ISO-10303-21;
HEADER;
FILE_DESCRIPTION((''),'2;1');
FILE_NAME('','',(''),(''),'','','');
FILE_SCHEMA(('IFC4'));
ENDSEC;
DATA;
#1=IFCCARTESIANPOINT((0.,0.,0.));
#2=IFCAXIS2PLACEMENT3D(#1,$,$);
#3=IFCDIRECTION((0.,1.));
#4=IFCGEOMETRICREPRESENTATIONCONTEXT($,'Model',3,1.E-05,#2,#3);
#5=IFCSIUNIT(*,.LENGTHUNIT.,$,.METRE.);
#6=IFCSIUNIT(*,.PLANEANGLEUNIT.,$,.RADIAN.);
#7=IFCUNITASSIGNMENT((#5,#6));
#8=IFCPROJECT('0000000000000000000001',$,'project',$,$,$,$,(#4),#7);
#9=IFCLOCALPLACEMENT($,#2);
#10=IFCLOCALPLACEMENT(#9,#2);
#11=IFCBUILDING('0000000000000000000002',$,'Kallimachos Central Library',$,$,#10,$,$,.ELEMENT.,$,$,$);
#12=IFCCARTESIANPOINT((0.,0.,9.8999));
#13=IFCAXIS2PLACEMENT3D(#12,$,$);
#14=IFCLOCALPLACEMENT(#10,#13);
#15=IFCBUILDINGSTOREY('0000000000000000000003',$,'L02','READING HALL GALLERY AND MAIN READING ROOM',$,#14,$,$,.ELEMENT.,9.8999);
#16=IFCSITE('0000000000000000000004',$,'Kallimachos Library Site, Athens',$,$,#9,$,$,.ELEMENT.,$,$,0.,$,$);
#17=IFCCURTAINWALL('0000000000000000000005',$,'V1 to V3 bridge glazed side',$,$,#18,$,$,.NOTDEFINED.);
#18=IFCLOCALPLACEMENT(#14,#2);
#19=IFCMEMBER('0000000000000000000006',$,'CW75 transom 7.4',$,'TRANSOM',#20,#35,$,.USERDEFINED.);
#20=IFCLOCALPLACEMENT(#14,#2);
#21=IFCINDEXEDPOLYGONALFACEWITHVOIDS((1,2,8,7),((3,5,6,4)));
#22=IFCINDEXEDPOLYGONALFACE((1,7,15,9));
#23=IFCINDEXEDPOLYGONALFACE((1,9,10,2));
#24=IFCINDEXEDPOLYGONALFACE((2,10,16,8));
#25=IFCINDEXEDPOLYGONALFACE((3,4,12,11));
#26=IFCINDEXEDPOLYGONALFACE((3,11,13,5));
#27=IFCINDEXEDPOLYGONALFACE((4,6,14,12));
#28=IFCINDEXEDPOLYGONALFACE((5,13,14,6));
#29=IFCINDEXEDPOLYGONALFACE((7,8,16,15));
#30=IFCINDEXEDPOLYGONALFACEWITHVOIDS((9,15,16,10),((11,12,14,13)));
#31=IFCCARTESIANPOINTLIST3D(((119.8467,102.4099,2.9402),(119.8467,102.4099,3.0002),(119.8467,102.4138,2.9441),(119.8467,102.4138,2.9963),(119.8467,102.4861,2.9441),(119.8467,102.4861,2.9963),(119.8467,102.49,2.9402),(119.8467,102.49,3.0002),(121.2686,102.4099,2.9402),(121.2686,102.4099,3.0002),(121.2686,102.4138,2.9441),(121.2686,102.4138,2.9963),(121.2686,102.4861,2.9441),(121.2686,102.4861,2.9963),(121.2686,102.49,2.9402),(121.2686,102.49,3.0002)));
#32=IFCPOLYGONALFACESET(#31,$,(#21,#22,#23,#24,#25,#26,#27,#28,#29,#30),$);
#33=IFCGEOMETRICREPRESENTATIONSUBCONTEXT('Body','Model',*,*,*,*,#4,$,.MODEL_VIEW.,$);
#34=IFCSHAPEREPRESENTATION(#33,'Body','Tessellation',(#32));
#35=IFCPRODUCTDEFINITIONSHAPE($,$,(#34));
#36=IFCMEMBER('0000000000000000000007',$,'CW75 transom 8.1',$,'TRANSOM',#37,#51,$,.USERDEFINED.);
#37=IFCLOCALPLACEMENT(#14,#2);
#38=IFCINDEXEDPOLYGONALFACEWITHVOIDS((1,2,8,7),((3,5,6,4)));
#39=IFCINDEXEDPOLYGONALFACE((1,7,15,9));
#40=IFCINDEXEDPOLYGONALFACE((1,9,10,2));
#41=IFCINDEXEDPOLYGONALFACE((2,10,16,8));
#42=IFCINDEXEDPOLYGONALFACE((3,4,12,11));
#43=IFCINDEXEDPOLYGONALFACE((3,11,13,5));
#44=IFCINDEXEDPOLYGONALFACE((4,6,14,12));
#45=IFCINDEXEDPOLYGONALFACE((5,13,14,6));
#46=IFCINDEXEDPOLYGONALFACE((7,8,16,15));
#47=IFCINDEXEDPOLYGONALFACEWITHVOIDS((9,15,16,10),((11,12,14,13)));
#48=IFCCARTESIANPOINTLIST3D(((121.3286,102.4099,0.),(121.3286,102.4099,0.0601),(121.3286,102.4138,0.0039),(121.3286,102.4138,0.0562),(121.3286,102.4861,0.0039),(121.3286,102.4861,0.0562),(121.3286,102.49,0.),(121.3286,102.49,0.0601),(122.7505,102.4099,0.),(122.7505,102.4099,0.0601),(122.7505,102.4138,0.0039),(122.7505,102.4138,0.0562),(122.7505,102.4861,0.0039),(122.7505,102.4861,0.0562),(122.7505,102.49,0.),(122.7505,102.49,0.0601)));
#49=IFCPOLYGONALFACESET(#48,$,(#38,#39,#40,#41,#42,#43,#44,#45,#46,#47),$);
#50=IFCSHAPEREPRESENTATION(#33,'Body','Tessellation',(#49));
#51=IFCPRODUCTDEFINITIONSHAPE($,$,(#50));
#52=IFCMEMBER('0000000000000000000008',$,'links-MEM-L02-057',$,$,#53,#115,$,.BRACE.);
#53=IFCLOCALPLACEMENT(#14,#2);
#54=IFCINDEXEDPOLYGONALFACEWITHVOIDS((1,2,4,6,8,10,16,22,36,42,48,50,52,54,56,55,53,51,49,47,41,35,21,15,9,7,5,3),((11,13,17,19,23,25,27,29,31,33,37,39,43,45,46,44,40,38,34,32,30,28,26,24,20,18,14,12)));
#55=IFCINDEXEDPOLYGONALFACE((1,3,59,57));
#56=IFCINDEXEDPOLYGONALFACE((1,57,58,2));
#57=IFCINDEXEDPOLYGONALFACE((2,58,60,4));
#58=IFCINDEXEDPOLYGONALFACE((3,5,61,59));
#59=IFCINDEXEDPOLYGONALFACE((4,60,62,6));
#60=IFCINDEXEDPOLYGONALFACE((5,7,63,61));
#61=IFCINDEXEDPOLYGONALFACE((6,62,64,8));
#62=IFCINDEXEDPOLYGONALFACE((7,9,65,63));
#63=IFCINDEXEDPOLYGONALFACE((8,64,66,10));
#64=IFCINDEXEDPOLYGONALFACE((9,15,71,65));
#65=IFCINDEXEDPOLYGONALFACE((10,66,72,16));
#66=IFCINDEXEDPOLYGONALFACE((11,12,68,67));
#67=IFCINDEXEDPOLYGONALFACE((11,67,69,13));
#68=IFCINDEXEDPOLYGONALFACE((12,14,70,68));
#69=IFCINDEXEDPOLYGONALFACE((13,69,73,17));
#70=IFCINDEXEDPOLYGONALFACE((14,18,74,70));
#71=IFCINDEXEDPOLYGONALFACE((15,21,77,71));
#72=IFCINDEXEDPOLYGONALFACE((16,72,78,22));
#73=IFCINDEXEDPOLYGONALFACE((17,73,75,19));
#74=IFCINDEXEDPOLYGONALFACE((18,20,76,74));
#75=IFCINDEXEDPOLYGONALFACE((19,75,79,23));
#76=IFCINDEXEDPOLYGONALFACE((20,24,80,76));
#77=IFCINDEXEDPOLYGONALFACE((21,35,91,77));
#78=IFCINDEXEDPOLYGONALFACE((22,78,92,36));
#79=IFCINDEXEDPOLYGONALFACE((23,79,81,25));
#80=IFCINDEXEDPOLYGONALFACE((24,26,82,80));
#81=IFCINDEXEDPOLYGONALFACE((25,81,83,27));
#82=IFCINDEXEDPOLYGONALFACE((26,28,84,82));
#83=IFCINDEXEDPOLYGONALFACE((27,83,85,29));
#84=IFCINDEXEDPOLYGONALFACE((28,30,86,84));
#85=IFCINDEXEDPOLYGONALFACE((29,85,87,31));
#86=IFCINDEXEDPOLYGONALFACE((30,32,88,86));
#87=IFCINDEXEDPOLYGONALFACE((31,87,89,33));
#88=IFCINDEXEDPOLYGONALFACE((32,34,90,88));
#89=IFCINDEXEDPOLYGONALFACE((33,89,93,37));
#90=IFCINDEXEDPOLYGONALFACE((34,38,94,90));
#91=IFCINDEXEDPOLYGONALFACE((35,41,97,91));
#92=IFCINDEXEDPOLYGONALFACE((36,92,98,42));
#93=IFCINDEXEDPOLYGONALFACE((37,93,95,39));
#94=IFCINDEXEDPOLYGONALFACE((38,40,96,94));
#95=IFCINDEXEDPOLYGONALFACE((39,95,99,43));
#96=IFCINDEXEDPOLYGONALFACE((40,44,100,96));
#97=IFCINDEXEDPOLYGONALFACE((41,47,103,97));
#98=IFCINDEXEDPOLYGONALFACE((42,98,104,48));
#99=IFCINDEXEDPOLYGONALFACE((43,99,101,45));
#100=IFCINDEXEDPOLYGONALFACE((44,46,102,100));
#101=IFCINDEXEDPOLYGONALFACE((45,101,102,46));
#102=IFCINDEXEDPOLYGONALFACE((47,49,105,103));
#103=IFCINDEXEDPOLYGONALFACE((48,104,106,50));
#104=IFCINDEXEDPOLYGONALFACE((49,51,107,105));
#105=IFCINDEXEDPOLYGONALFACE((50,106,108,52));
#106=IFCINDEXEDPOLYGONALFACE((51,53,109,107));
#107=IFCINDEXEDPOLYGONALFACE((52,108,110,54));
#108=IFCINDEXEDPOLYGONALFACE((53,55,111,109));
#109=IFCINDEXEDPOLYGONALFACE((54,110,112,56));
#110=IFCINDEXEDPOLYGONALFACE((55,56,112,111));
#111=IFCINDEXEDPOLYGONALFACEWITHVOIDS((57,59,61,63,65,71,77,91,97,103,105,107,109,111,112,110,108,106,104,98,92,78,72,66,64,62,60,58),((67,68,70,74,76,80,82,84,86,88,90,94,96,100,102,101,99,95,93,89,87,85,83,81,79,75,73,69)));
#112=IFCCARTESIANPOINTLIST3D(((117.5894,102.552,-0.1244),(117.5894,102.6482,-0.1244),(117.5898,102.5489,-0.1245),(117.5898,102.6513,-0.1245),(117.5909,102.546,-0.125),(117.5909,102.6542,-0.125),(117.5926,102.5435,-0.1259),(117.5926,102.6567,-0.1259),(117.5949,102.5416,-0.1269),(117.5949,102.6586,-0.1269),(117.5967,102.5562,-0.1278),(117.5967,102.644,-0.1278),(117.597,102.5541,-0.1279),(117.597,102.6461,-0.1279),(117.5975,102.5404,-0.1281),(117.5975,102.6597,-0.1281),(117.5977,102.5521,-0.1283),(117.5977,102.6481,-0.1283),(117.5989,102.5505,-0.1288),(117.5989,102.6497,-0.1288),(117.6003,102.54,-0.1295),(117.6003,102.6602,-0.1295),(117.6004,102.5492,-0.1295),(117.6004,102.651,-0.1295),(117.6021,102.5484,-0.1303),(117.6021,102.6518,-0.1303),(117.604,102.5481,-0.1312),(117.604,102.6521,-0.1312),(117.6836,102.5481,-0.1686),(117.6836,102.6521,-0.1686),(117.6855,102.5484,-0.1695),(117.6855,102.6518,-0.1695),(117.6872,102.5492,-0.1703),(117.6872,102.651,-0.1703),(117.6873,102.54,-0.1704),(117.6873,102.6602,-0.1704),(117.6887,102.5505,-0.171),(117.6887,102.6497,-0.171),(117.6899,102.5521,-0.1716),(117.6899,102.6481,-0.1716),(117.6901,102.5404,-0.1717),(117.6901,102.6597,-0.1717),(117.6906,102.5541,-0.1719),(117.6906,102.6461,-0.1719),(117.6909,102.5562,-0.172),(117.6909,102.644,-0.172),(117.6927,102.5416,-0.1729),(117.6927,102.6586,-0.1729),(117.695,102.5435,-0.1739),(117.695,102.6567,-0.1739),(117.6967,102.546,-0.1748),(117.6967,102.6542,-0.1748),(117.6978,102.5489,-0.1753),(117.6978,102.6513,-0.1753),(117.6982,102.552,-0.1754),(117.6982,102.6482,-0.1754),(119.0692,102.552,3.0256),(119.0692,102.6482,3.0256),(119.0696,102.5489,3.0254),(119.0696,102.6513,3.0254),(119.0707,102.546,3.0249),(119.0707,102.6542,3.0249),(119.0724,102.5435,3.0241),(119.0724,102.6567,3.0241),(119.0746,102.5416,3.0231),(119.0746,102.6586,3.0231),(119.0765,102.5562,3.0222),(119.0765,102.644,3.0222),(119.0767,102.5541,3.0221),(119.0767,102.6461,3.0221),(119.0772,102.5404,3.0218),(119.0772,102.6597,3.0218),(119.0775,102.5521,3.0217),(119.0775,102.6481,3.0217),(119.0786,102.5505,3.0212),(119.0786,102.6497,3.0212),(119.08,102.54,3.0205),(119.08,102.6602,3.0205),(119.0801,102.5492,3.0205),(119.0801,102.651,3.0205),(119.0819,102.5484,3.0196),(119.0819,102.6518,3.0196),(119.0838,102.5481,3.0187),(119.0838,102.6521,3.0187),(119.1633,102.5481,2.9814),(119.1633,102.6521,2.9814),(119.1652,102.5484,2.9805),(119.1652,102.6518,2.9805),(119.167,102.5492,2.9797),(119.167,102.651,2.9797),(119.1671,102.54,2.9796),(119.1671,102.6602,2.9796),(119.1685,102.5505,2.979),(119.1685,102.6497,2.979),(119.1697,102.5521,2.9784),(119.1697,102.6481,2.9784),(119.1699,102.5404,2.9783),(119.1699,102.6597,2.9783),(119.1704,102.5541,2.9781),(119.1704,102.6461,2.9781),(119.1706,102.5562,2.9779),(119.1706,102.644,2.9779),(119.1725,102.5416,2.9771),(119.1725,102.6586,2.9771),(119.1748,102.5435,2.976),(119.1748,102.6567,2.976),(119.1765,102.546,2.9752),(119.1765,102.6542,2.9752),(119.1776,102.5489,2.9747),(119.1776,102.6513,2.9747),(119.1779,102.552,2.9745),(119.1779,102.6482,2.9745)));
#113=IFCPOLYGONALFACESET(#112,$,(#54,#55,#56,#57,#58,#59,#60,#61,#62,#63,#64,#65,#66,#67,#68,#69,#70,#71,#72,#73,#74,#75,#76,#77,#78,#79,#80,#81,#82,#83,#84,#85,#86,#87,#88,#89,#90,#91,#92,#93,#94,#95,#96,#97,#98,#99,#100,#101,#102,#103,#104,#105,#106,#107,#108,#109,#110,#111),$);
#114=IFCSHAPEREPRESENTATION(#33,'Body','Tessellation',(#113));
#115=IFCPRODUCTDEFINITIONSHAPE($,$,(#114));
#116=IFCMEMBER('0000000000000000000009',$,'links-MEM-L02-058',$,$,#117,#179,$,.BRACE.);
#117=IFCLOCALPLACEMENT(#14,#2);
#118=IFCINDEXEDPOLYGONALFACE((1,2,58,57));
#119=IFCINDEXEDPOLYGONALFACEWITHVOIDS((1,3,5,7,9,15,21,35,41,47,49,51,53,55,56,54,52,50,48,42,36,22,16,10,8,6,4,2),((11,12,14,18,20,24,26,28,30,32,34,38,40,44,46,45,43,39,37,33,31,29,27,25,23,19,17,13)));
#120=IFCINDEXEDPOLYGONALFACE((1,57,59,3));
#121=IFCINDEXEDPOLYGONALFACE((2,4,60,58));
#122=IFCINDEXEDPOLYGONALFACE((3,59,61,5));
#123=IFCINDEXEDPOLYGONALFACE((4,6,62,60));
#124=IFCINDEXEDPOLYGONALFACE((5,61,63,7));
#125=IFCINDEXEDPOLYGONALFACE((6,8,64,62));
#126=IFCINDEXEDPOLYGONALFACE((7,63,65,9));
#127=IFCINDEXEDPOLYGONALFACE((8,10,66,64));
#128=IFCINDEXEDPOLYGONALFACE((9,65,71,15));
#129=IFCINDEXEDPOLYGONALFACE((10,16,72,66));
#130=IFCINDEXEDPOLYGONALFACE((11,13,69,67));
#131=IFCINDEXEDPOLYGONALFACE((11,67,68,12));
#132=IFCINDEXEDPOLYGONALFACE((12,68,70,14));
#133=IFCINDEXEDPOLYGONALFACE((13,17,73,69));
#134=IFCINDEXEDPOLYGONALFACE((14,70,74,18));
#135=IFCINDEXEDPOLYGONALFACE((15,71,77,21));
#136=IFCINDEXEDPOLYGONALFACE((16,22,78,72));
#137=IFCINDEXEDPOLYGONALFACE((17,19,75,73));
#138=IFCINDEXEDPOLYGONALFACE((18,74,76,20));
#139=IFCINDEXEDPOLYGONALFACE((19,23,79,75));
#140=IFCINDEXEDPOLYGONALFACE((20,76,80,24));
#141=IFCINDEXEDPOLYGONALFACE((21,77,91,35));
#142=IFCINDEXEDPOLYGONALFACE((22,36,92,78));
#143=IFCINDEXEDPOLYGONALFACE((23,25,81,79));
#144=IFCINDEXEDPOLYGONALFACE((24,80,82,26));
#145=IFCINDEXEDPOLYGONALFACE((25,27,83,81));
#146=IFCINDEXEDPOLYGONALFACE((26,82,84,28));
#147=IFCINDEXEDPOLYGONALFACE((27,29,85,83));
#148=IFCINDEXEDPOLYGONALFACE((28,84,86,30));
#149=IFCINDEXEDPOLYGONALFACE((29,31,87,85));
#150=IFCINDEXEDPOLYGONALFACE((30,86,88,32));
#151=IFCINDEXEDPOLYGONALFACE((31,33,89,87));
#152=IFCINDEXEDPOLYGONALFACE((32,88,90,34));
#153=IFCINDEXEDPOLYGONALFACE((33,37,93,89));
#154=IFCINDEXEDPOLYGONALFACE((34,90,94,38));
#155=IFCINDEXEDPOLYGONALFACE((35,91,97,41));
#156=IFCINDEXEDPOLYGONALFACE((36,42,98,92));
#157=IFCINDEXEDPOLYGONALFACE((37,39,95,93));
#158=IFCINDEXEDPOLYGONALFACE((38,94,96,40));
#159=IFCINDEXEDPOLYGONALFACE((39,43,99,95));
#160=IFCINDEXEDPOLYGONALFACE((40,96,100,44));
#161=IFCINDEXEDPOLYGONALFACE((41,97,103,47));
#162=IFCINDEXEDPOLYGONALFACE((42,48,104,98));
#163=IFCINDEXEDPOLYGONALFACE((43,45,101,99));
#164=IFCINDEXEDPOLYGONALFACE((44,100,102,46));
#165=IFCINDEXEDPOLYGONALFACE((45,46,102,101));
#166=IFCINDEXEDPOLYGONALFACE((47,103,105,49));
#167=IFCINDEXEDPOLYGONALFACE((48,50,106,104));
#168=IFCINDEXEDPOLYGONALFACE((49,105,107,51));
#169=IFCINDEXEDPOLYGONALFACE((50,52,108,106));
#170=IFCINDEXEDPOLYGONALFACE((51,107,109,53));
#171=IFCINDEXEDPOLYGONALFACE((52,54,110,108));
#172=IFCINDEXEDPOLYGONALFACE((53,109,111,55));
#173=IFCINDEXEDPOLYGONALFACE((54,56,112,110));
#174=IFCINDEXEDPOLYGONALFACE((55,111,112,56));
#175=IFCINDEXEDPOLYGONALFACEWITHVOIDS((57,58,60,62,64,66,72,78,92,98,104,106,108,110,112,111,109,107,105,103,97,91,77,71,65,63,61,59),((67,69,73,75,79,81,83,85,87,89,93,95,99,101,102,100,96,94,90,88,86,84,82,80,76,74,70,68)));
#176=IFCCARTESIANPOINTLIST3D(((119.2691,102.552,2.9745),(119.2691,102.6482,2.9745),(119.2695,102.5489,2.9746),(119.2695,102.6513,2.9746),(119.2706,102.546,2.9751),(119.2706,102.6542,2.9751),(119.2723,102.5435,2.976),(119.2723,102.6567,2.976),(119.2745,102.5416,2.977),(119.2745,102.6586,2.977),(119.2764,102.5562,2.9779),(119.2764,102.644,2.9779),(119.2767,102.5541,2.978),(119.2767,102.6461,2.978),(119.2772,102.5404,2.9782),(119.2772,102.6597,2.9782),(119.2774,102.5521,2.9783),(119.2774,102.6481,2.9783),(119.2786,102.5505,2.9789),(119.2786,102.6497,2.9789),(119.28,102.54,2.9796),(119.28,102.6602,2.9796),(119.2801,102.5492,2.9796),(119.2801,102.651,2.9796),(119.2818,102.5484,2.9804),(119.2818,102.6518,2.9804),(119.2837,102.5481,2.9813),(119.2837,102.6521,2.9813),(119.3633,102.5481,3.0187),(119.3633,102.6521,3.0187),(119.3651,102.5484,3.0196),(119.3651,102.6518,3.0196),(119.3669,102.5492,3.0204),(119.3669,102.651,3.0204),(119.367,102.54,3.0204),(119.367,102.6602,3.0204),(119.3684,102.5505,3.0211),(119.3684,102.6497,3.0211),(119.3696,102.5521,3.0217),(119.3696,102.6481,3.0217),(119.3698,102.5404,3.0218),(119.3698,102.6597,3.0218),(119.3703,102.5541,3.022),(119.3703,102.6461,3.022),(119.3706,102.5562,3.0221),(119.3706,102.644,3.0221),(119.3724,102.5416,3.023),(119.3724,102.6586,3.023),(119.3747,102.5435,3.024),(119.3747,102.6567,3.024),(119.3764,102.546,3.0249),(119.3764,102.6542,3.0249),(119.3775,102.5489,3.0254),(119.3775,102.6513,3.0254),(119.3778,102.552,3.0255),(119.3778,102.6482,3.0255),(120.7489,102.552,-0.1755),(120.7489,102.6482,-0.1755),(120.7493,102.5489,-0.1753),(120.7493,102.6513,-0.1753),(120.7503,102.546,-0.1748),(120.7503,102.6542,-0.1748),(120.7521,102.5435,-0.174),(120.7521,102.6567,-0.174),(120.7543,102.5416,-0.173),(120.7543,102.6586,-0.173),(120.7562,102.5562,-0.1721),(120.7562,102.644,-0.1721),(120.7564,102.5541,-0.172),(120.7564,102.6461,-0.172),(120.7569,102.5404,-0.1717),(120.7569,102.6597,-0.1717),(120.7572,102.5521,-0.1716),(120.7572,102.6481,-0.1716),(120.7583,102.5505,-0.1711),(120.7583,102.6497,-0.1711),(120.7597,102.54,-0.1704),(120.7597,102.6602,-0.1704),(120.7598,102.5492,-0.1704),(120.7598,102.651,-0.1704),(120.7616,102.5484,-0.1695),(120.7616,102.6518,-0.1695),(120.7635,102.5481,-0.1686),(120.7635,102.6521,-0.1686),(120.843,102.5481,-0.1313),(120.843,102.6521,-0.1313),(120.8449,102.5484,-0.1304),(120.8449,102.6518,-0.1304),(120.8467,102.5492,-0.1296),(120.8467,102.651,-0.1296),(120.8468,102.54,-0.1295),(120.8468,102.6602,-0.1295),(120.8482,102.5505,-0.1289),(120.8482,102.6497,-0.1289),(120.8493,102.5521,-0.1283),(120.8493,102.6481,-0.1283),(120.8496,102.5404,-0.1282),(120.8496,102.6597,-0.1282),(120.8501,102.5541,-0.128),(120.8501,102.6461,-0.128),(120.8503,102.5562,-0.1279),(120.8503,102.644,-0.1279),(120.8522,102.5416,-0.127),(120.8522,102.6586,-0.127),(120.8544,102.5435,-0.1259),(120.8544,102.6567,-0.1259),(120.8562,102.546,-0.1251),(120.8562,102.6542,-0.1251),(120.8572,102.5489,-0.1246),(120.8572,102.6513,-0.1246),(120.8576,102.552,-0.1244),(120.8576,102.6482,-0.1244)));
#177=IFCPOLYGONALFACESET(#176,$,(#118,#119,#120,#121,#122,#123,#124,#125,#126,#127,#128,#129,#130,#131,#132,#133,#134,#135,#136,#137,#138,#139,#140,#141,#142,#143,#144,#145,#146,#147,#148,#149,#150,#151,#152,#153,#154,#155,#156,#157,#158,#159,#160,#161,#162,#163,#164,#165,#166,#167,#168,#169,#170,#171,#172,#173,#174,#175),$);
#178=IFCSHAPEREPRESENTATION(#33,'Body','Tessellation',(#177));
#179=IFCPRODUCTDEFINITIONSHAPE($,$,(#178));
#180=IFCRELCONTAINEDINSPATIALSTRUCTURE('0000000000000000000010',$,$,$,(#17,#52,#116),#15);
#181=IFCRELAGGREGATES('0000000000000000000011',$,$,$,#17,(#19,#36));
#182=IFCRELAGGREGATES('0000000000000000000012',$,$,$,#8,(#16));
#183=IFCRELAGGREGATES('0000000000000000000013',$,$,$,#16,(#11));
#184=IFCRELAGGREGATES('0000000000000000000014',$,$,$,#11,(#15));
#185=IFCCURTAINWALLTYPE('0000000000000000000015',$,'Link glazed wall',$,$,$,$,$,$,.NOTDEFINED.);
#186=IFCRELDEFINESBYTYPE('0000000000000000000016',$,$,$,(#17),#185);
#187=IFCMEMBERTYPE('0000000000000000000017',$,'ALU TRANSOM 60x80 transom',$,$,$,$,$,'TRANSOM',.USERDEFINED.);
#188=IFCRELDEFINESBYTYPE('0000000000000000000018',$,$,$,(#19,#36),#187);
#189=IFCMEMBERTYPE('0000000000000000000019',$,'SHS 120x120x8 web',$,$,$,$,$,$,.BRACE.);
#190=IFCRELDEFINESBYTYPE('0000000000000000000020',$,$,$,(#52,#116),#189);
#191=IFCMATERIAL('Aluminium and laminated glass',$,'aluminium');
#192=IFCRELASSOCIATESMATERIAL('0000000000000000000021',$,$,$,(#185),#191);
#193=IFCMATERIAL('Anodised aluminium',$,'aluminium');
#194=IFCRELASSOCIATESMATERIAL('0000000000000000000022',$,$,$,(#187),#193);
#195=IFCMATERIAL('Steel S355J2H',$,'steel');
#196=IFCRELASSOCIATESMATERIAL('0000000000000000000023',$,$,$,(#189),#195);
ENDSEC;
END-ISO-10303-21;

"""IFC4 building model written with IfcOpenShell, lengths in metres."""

from ifc_helpers import new_model, si_unit, direction, frame, origin, origin_2d, place, context, subcontext, project, spatial, hollow_rectangle, extrude, material, material_profile, profile_set, type_object, element, aggregate, save


model = new_model("IFC4")

# Units and contexts
model_context = context("Model", 3, precision=1e-05, world=origin(), true_north=direction((0.0, 1.0)))
body_context = subcontext(model_context, "Body", "Model", "MODEL_VIEW")
ifc_project = project(units=[si_unit("LENGTHUNIT", "METRE"), si_unit("PLANEANGLEUNIT", "RADIAN")], contexts=[model_context])

# Site, building, storey
site_placement = place(None, origin())
site = spatial("IfcSite", under=ifc_project, at=site_placement, Name="Kallimachos Library Site, Athens", CompositionType="ELEMENT", RefElevation=0.0)
building_placement = place(site_placement, origin())
building = spatial("IfcBuilding", under=site, at=building_placement, Name="Kallimachos Central Library", CompositionType="ELEMENT")
storey_placement = place(building_placement, frame((0.0, 0.0, 9.8999)))
storey = spatial("IfcBuildingStorey", under=building, at=storey_placement, Name="L02", Description="READING HALL GALLERY AND MAIN READING ROOM", CompositionType="ELEMENT", Elevation=9.8999)

# Curtain wall, members
ifc_material_1 = material(Name="Aluminium and laminated glass", Category="aluminium")
curtain_wall_type = type_object("IfcCurtainWallType", Name="Link glazed wall", PredefinedType="NOTDEFINED", material=ifc_material_1)
curtain_wall_placement = place(storey_placement, origin())
curtain_wall = element("IfcCurtainWall", 1, at=curtain_wall_placement, inside=storey, type_object=curtain_wall_type, Name="V1 to V3 bridge glazed side", PredefinedType="NOTDEFINED")
ifc_material_2 = material(Name="Anodised aluminium", Category="aluminium")
ifc_material_profile_1 = material_profile(ifc_material_2, hollow_rectangle(XDim=0.0601, YDim=0.0801, WallThickness=0.0039, at=origin_2d()), Name="ALU TRANSOM 60x80")
ifc_profile_set_1 = profile_set([ifc_material_profile_1], Name="Anodised aluminium")
member_type_1 = type_object("IfcMemberType", Name="ALU TRANSOM 60x80 transom", ElementType="TRANSOM", PredefinedType="USERDEFINED", material=ifc_profile_set_1)
member_1_placement = place(storey_placement, frame((119.8467, 102.45, 2.9702), z_axis=(1.0, 0.0, 0.0), x_axis=(0.0, 0.0, 1.0)))
member_1 = element("IfcMember", 2, at=member_1_placement, type_object=member_type_1, Name="CW75 transom 7.4", ObjectType="TRANSOM", PredefinedType="USERDEFINED", context=body_context, shape_type="SweptSolid", body=[
    extrude(hollow_rectangle(XDim=0.0601, YDim=0.0801, WallThickness=0.0039, at=origin_2d()), origin(), (0.0, 0.0, 1.0), 1.4219),
])
member_2_placement = place(storey_placement, frame((121.3286, 102.45, 0.03), z_axis=(1.0, 0.0, 0.0), x_axis=(0.0, 0.0, 1.0)))
member_2 = element("IfcMember", 3, at=member_2_placement, type_object=member_type_1, Name="CW75 transom 8.1", ObjectType="TRANSOM", PredefinedType="USERDEFINED", context=body_context, shape_type="SweptSolid", body=[
    extrude(hollow_rectangle(XDim=0.0601, YDim=0.0801, WallThickness=0.0039, at=origin_2d()), origin(), (0.0, 0.0, 1.0), 1.4219),
])

# Members
ifc_material_3 = material(Name="Steel S355J2H", Category="steel")
ifc_material_profile_2 = material_profile(ifc_material_3, hollow_rectangle(XDim=0.1201, YDim=0.1201, WallThickness=0.0081, InnerFilletRadius=0.0081, OuterFilletRadius=0.012, at=origin_2d()), Name="SHS 120x120x8")
ifc_profile_set_2 = profile_set([ifc_material_profile_2], Name="Steel S355J2H")
member_type_2 = type_object("IfcMemberType", Name="SHS 120x120x8 web", PredefinedType="BRACE", material=ifc_profile_set_2)
for number, where, z_axis, x_axis, name in (
    (4, (117.6438, 102.6001, -0.1499), (0.425192, 0.0, 0.905103), (0.0, 1.0, 0.0), "links-MEM-L02-057"),
    (5, (119.3235, 102.6001, 3.0), (0.425192, 0.0, -0.905103), (0.0, 1.0, 0.0), "links-MEM-L02-058"),
):
    element("IfcMember", number, at=place(storey_placement, frame(where, z_axis=z_axis, x_axis=x_axis)), inside=storey, type_object=member_type_2, Name=name, PredefinedType="BRACE", context=body_context, shape_type="SweptSolid", body=[
        extrude(hollow_rectangle(XDim=0.1201, YDim=0.1201, WallThickness=0.0081, InnerFilletRadius=0.0081, OuterFilletRadius=0.012, at=origin_2d()), origin(), (0.0, 0.0, 1.0), 3.4802),
    ])

aggregate(curtain_wall, [member_1, member_2])

save(model, "model.ifc")
